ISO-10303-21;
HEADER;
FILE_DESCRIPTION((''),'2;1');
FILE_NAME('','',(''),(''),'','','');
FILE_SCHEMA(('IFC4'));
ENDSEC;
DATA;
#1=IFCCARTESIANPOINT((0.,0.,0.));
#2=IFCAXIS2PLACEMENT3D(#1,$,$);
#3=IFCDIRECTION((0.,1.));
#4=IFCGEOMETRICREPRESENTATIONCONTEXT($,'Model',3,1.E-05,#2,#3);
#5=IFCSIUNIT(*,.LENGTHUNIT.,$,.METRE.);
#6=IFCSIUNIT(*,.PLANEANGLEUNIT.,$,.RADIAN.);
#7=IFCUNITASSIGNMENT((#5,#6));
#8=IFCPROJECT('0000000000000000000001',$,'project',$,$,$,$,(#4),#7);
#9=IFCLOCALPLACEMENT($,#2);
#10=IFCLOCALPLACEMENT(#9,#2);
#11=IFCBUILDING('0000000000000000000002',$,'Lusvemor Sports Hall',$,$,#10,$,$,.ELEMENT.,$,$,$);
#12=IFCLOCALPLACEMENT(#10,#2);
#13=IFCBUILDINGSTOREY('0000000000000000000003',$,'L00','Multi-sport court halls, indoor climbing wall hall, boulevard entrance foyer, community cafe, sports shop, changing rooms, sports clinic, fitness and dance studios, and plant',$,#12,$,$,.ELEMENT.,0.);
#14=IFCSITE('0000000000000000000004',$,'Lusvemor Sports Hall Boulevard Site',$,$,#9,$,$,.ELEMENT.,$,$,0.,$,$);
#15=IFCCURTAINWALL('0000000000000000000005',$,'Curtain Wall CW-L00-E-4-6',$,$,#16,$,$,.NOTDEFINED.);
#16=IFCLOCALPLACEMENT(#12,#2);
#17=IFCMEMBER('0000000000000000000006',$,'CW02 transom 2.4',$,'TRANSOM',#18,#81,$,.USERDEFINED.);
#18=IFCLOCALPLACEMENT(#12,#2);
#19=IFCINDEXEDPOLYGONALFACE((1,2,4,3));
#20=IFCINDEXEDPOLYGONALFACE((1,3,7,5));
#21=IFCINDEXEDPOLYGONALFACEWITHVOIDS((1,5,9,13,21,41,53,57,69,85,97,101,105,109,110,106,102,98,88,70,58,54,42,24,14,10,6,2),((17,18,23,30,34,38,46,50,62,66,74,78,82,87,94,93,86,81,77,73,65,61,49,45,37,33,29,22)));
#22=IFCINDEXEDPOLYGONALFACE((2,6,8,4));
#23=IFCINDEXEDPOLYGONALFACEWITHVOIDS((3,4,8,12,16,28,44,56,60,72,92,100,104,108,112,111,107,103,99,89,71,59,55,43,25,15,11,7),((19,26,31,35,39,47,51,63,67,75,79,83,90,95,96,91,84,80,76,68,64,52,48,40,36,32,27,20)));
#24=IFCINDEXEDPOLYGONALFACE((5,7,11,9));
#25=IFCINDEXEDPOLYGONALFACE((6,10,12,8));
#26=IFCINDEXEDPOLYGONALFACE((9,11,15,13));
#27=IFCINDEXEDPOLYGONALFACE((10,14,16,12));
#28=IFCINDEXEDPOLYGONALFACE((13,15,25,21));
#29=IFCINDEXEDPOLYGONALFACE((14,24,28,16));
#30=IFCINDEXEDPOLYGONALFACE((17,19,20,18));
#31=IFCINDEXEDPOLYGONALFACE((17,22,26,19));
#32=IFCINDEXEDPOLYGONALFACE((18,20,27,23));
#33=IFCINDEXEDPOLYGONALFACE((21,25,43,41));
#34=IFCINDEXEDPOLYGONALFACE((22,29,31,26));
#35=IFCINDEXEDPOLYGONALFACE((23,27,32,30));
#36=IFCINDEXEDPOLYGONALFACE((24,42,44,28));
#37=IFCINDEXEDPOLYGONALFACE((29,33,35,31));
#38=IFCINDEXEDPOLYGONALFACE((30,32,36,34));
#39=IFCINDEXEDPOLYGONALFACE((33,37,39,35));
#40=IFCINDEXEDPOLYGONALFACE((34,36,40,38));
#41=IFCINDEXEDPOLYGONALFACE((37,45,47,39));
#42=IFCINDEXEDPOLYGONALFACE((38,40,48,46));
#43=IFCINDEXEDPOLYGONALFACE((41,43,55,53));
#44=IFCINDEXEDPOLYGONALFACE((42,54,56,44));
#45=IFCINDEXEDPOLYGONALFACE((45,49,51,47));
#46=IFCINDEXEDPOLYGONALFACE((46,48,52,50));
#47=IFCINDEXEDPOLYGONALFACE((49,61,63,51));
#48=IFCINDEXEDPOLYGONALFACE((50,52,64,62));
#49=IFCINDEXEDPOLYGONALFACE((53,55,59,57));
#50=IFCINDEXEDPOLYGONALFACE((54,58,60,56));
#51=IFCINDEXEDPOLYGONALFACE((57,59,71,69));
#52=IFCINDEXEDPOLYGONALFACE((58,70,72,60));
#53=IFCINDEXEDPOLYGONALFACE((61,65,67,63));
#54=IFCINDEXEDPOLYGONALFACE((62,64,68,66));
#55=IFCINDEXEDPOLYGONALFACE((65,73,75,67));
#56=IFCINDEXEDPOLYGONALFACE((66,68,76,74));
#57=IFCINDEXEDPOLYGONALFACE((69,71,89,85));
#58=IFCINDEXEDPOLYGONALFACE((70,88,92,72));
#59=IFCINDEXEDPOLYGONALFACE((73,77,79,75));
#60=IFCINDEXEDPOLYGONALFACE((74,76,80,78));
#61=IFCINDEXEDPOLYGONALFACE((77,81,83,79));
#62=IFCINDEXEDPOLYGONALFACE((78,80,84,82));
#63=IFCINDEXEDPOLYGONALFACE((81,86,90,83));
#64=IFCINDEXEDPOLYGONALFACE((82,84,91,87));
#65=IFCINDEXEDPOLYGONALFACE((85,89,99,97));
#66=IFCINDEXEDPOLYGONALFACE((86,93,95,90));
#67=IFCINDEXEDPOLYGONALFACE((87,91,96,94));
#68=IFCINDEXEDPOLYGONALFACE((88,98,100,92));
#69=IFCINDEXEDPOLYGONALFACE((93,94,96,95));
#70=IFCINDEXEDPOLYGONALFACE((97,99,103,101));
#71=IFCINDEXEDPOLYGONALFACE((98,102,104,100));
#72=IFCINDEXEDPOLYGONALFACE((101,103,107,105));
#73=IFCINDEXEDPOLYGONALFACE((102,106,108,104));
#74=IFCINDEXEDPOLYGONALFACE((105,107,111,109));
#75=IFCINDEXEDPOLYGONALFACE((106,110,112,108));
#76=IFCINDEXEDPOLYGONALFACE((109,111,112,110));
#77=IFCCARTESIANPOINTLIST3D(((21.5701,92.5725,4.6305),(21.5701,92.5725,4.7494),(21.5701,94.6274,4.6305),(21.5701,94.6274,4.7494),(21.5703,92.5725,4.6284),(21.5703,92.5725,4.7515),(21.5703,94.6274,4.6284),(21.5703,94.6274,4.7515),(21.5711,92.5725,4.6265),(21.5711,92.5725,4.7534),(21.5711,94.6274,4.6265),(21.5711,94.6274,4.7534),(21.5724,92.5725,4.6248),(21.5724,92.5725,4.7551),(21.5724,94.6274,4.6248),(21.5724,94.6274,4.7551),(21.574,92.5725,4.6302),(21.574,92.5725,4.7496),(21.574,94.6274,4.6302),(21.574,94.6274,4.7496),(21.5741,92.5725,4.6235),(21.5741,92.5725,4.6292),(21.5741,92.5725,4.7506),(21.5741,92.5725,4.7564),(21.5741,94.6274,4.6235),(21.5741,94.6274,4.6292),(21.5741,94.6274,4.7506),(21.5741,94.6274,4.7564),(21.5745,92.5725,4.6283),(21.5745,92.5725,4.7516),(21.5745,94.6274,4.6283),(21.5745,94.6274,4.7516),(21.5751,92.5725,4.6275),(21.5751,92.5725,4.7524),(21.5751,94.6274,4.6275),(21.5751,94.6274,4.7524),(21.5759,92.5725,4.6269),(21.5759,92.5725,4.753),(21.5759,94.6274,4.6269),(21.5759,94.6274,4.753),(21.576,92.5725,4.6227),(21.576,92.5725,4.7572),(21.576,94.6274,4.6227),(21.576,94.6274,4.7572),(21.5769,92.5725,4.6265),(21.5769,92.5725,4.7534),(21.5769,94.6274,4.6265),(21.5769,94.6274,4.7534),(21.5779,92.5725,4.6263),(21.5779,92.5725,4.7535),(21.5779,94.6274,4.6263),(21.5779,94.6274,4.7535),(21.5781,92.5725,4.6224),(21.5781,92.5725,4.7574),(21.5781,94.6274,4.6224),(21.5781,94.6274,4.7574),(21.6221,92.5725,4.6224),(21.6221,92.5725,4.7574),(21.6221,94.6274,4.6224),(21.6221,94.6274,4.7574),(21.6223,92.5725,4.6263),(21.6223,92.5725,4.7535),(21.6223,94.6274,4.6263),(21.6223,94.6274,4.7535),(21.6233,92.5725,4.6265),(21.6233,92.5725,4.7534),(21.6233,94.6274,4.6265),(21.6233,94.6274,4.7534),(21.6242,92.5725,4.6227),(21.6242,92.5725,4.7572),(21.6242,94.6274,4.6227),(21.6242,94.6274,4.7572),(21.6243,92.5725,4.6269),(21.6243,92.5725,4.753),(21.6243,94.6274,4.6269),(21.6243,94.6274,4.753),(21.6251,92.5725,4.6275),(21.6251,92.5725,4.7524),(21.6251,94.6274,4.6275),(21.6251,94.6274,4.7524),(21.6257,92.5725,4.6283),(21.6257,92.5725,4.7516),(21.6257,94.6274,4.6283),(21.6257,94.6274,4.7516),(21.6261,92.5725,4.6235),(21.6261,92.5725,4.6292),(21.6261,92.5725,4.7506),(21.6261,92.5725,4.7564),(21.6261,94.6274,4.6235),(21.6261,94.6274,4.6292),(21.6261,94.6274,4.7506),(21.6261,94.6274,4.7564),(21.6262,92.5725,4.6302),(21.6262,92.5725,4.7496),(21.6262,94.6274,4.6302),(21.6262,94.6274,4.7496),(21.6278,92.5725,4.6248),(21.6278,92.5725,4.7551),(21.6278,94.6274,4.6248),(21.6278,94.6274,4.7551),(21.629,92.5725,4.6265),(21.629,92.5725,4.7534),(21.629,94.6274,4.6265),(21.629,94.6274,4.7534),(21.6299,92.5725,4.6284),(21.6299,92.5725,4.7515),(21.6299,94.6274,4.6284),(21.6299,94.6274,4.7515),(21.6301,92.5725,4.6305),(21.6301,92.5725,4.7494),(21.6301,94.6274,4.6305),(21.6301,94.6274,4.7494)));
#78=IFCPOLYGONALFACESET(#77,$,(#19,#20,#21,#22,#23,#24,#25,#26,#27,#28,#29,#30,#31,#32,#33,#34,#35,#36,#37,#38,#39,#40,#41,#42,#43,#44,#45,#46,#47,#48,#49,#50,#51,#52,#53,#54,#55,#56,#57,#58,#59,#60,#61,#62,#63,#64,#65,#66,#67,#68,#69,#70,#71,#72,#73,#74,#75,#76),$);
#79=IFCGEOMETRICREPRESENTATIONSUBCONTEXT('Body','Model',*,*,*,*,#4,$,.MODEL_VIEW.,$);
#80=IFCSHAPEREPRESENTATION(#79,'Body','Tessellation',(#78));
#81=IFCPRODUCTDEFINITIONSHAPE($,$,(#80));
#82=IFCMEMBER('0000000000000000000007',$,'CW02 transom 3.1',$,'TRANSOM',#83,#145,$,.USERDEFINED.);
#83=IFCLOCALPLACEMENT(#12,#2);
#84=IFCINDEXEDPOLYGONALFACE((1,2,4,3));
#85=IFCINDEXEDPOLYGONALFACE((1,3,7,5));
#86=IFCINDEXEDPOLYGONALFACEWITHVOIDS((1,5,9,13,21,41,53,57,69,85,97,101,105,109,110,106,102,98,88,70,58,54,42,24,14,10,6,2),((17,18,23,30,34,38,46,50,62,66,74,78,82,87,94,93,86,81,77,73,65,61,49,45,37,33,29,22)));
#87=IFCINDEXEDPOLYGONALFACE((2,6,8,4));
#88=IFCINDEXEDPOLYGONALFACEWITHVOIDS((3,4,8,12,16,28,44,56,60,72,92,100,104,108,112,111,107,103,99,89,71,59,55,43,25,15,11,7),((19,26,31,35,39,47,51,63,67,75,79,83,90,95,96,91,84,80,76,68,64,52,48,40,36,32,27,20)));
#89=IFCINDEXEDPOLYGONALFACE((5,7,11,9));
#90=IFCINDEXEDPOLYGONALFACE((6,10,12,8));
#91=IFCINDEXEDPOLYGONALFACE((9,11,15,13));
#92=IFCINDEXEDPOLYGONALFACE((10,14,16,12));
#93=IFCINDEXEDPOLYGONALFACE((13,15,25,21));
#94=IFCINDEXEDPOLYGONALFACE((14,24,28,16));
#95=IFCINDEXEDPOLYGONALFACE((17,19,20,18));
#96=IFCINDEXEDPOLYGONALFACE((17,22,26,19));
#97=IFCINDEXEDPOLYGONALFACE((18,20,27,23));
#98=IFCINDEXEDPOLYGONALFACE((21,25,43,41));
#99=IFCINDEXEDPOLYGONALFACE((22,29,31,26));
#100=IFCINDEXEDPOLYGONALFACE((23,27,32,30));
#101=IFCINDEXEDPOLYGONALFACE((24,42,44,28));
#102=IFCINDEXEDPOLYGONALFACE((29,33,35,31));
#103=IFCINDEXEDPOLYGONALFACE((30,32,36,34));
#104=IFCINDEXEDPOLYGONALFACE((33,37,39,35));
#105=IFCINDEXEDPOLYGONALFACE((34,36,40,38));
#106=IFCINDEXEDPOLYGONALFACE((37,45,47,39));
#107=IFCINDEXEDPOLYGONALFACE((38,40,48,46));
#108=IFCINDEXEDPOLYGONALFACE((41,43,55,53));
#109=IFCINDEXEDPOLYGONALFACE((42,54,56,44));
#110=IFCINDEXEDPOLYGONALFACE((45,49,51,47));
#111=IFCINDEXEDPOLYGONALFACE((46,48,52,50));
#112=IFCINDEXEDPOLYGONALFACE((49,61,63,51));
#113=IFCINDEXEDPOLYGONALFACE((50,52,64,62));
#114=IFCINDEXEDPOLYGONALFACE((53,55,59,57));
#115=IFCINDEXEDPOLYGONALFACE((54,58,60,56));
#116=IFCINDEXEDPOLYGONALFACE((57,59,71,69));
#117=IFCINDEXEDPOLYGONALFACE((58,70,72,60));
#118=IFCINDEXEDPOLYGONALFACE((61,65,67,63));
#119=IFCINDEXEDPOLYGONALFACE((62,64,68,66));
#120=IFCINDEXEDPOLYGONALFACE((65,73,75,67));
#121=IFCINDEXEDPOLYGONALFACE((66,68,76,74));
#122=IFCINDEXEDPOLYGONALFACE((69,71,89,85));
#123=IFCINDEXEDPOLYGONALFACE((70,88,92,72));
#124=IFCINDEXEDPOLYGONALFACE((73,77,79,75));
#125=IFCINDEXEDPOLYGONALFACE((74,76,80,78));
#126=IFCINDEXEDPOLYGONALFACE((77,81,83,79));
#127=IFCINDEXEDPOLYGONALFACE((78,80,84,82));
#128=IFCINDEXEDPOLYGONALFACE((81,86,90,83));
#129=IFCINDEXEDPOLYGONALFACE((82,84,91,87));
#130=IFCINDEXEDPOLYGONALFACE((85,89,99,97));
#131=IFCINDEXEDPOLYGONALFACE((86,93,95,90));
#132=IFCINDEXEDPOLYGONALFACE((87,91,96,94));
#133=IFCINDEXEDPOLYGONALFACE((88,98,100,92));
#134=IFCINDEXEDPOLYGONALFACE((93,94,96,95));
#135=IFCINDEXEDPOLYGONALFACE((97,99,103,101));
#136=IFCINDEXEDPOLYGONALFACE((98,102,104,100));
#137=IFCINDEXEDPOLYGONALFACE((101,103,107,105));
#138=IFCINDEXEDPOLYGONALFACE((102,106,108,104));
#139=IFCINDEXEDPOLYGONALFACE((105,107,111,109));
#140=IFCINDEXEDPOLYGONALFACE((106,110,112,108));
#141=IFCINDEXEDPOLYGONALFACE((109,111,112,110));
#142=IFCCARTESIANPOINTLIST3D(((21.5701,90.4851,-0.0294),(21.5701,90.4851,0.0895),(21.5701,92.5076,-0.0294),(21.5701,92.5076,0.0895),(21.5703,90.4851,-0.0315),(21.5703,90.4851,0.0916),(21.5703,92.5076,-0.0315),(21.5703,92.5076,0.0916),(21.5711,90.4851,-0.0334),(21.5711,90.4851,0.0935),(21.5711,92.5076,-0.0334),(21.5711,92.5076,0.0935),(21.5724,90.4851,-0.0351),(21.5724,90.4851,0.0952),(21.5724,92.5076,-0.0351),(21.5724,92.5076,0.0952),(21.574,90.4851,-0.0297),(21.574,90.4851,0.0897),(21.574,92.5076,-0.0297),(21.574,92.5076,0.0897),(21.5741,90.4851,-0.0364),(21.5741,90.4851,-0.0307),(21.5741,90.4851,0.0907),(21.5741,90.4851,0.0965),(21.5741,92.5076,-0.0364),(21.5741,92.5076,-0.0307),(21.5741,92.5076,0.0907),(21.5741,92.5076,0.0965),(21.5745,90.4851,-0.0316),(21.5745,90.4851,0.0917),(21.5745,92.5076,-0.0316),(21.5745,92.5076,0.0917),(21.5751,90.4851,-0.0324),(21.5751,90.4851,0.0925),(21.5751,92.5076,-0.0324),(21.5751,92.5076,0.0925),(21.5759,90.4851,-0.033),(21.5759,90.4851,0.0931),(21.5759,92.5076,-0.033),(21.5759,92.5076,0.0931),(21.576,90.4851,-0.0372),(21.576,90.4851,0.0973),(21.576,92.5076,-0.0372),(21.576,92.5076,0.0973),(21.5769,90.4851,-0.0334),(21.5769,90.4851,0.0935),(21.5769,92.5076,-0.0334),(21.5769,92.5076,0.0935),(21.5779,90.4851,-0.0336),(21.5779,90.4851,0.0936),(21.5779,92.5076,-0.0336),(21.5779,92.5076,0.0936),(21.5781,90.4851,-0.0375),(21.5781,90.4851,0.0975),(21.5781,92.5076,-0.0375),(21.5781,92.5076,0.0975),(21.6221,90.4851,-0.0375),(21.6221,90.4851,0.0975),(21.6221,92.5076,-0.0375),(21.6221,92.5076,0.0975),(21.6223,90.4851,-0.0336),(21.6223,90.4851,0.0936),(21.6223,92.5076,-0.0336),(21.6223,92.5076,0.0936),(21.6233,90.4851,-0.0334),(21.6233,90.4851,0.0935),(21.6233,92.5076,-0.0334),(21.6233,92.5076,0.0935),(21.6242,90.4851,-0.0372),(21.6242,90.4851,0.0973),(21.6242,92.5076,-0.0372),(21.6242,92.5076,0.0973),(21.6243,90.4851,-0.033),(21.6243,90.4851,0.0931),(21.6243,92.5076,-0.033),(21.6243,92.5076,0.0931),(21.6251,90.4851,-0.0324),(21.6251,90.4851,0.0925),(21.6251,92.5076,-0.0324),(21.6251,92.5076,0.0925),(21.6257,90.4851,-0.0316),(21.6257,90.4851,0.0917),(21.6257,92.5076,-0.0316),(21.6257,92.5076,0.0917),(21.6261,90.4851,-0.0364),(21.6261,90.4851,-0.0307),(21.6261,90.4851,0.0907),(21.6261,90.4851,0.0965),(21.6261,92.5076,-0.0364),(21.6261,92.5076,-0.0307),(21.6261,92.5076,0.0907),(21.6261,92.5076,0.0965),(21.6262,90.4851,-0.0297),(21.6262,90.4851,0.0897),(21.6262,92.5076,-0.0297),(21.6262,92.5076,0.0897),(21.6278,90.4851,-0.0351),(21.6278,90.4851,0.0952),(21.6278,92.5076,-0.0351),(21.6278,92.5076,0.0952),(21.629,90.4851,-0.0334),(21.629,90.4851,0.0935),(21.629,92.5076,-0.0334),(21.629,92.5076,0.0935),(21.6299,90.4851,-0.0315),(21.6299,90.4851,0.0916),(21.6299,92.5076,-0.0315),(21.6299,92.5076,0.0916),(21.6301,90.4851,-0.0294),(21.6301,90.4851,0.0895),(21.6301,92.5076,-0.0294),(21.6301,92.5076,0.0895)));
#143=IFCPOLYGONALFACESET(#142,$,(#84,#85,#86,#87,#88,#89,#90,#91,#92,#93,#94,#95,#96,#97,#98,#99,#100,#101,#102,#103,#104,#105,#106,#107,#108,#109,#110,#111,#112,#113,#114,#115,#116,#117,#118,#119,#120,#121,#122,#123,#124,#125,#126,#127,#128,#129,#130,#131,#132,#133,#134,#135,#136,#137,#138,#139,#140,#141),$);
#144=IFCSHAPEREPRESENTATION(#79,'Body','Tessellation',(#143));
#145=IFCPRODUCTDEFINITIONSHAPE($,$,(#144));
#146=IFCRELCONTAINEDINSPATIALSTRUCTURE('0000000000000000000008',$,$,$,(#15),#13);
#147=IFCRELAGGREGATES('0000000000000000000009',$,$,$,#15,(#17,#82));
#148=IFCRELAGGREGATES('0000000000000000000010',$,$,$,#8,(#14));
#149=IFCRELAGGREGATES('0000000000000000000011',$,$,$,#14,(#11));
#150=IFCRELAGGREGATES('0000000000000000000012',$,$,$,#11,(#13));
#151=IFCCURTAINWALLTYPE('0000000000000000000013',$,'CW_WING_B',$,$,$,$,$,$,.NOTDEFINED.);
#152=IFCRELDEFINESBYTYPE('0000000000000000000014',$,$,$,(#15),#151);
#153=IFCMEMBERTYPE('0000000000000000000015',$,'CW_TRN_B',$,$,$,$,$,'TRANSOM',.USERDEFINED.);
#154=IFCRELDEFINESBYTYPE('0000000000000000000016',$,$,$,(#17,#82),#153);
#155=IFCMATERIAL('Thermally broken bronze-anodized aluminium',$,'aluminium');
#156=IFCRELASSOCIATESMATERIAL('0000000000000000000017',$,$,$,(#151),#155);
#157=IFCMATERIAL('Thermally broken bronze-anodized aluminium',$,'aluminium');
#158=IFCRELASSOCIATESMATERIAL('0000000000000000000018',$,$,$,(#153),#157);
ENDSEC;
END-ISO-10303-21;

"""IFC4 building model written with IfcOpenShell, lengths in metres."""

from ifc_helpers import new_model, si_unit, direction, frame, origin, origin_2d, place, context, subcontext, project, spatial, hollow_rectangle, extrude, material, material_profile, profile_set, type_object, element, aggregate, save


model = new_model("IFC4")

# Units and contexts
model_context = context("Model", 3, precision=1e-05, world=origin(), true_north=direction((0.0, 1.0)))
body_context = subcontext(model_context, "Body", "Model", "MODEL_VIEW")
ifc_project = project(units=[si_unit("LENGTHUNIT", "METRE"), si_unit("PLANEANGLEUNIT", "RADIAN")], contexts=[model_context])

# Site, building, storey
site_placement = place(None, origin())
site = spatial("IfcSite", under=ifc_project, at=site_placement, Name="Lusvemor Sports Hall Boulevard Site", CompositionType="ELEMENT", RefElevation=0.0)
building_placement = place(site_placement, origin())
building = spatial("IfcBuilding", under=site, at=building_placement, Name="Lusvemor Sports Hall", CompositionType="ELEMENT")
storey_placement = place(building_placement, origin())
storey = spatial("IfcBuildingStorey", under=building, at=storey_placement, Name="L00", Description="Multi-sport court halls, indoor climbing wall hall, boulevard entrance foyer, community cafe, sports shop, changing rooms, sports clinic, fitness and dance studios, and plant", CompositionType="ELEMENT", Elevation=0.0)

# Curtain wall, members
ifc_material_1 = material(Name="Thermally broken bronze-anodized aluminium", Category="aluminium")
curtain_wall_type = type_object("IfcCurtainWallType", Name="CW_WING_B", PredefinedType="NOTDEFINED", material=ifc_material_1)
curtain_wall_placement = place(storey_placement, origin())
curtain_wall = element("IfcCurtainWall", 1, at=curtain_wall_placement, inside=storey, type_object=curtain_wall_type, Name="Curtain Wall CW-L00-E-4-6", PredefinedType="NOTDEFINED")
ifc_material_2 = material(Name="Thermally broken bronze-anodized aluminium", Category="aluminium")
ifc_material_profile_1 = material_profile(ifc_material_2, hollow_rectangle(XDim=0.0601, YDim=0.135, WallThickness=0.0039, InnerFilletRadius=0.0039, OuterFilletRadius=0.0081, at=origin_2d()), Name="CWTRN135x60x4")
ifc_profile_set_1 = profile_set([ifc_material_profile_1], Name="Thermally broken bronze-anodized aluminium")
member_type_1 = type_object("IfcMemberType", Name="CW_TRN_B", ElementType="TRANSOM", PredefinedType="USERDEFINED", material=ifc_profile_set_1)
member_1_placement = place(storey_placement, frame((21.6001, 94.6274, 4.6899), z_axis=(0.0, -1.0, 0.0), x_axis=(1.0, 0.0, 0.0)))
member_1 = element("IfcMember", 2, at=member_1_placement, type_object=member_type_1, Name="CW02 transom 2.4", ObjectType="TRANSOM", PredefinedType="USERDEFINED", context=body_context, shape_type="SweptSolid", body=[
    extrude(hollow_rectangle(XDim=0.0601, YDim=0.135, WallThickness=0.0039, InnerFilletRadius=0.0039, OuterFilletRadius=0.0081, at=origin_2d()), origin(), (0.0, 0.0, 1.0), 2.0549),
])
member_2_placement = place(storey_placement, frame((21.6001, 92.5076, 0.03), z_axis=(0.0, -1.0, 0.0), x_axis=(1.0, 0.0, 0.0)))
member_2 = element("IfcMember", 3, at=member_2_placement, type_object=member_type_1, Name="CW02 transom 3.1", ObjectType="TRANSOM", PredefinedType="USERDEFINED", context=body_context, shape_type="SweptSolid", body=[
    extrude(hollow_rectangle(XDim=0.0601, YDim=0.135, WallThickness=0.0039, InnerFilletRadius=0.0039, OuterFilletRadius=0.0081, at=origin_2d()), origin(), (0.0, 0.0, 1.0), 2.0225),
])
aggregate(curtain_wall, [member_1, member_2])

save(model, "model.ifc")
